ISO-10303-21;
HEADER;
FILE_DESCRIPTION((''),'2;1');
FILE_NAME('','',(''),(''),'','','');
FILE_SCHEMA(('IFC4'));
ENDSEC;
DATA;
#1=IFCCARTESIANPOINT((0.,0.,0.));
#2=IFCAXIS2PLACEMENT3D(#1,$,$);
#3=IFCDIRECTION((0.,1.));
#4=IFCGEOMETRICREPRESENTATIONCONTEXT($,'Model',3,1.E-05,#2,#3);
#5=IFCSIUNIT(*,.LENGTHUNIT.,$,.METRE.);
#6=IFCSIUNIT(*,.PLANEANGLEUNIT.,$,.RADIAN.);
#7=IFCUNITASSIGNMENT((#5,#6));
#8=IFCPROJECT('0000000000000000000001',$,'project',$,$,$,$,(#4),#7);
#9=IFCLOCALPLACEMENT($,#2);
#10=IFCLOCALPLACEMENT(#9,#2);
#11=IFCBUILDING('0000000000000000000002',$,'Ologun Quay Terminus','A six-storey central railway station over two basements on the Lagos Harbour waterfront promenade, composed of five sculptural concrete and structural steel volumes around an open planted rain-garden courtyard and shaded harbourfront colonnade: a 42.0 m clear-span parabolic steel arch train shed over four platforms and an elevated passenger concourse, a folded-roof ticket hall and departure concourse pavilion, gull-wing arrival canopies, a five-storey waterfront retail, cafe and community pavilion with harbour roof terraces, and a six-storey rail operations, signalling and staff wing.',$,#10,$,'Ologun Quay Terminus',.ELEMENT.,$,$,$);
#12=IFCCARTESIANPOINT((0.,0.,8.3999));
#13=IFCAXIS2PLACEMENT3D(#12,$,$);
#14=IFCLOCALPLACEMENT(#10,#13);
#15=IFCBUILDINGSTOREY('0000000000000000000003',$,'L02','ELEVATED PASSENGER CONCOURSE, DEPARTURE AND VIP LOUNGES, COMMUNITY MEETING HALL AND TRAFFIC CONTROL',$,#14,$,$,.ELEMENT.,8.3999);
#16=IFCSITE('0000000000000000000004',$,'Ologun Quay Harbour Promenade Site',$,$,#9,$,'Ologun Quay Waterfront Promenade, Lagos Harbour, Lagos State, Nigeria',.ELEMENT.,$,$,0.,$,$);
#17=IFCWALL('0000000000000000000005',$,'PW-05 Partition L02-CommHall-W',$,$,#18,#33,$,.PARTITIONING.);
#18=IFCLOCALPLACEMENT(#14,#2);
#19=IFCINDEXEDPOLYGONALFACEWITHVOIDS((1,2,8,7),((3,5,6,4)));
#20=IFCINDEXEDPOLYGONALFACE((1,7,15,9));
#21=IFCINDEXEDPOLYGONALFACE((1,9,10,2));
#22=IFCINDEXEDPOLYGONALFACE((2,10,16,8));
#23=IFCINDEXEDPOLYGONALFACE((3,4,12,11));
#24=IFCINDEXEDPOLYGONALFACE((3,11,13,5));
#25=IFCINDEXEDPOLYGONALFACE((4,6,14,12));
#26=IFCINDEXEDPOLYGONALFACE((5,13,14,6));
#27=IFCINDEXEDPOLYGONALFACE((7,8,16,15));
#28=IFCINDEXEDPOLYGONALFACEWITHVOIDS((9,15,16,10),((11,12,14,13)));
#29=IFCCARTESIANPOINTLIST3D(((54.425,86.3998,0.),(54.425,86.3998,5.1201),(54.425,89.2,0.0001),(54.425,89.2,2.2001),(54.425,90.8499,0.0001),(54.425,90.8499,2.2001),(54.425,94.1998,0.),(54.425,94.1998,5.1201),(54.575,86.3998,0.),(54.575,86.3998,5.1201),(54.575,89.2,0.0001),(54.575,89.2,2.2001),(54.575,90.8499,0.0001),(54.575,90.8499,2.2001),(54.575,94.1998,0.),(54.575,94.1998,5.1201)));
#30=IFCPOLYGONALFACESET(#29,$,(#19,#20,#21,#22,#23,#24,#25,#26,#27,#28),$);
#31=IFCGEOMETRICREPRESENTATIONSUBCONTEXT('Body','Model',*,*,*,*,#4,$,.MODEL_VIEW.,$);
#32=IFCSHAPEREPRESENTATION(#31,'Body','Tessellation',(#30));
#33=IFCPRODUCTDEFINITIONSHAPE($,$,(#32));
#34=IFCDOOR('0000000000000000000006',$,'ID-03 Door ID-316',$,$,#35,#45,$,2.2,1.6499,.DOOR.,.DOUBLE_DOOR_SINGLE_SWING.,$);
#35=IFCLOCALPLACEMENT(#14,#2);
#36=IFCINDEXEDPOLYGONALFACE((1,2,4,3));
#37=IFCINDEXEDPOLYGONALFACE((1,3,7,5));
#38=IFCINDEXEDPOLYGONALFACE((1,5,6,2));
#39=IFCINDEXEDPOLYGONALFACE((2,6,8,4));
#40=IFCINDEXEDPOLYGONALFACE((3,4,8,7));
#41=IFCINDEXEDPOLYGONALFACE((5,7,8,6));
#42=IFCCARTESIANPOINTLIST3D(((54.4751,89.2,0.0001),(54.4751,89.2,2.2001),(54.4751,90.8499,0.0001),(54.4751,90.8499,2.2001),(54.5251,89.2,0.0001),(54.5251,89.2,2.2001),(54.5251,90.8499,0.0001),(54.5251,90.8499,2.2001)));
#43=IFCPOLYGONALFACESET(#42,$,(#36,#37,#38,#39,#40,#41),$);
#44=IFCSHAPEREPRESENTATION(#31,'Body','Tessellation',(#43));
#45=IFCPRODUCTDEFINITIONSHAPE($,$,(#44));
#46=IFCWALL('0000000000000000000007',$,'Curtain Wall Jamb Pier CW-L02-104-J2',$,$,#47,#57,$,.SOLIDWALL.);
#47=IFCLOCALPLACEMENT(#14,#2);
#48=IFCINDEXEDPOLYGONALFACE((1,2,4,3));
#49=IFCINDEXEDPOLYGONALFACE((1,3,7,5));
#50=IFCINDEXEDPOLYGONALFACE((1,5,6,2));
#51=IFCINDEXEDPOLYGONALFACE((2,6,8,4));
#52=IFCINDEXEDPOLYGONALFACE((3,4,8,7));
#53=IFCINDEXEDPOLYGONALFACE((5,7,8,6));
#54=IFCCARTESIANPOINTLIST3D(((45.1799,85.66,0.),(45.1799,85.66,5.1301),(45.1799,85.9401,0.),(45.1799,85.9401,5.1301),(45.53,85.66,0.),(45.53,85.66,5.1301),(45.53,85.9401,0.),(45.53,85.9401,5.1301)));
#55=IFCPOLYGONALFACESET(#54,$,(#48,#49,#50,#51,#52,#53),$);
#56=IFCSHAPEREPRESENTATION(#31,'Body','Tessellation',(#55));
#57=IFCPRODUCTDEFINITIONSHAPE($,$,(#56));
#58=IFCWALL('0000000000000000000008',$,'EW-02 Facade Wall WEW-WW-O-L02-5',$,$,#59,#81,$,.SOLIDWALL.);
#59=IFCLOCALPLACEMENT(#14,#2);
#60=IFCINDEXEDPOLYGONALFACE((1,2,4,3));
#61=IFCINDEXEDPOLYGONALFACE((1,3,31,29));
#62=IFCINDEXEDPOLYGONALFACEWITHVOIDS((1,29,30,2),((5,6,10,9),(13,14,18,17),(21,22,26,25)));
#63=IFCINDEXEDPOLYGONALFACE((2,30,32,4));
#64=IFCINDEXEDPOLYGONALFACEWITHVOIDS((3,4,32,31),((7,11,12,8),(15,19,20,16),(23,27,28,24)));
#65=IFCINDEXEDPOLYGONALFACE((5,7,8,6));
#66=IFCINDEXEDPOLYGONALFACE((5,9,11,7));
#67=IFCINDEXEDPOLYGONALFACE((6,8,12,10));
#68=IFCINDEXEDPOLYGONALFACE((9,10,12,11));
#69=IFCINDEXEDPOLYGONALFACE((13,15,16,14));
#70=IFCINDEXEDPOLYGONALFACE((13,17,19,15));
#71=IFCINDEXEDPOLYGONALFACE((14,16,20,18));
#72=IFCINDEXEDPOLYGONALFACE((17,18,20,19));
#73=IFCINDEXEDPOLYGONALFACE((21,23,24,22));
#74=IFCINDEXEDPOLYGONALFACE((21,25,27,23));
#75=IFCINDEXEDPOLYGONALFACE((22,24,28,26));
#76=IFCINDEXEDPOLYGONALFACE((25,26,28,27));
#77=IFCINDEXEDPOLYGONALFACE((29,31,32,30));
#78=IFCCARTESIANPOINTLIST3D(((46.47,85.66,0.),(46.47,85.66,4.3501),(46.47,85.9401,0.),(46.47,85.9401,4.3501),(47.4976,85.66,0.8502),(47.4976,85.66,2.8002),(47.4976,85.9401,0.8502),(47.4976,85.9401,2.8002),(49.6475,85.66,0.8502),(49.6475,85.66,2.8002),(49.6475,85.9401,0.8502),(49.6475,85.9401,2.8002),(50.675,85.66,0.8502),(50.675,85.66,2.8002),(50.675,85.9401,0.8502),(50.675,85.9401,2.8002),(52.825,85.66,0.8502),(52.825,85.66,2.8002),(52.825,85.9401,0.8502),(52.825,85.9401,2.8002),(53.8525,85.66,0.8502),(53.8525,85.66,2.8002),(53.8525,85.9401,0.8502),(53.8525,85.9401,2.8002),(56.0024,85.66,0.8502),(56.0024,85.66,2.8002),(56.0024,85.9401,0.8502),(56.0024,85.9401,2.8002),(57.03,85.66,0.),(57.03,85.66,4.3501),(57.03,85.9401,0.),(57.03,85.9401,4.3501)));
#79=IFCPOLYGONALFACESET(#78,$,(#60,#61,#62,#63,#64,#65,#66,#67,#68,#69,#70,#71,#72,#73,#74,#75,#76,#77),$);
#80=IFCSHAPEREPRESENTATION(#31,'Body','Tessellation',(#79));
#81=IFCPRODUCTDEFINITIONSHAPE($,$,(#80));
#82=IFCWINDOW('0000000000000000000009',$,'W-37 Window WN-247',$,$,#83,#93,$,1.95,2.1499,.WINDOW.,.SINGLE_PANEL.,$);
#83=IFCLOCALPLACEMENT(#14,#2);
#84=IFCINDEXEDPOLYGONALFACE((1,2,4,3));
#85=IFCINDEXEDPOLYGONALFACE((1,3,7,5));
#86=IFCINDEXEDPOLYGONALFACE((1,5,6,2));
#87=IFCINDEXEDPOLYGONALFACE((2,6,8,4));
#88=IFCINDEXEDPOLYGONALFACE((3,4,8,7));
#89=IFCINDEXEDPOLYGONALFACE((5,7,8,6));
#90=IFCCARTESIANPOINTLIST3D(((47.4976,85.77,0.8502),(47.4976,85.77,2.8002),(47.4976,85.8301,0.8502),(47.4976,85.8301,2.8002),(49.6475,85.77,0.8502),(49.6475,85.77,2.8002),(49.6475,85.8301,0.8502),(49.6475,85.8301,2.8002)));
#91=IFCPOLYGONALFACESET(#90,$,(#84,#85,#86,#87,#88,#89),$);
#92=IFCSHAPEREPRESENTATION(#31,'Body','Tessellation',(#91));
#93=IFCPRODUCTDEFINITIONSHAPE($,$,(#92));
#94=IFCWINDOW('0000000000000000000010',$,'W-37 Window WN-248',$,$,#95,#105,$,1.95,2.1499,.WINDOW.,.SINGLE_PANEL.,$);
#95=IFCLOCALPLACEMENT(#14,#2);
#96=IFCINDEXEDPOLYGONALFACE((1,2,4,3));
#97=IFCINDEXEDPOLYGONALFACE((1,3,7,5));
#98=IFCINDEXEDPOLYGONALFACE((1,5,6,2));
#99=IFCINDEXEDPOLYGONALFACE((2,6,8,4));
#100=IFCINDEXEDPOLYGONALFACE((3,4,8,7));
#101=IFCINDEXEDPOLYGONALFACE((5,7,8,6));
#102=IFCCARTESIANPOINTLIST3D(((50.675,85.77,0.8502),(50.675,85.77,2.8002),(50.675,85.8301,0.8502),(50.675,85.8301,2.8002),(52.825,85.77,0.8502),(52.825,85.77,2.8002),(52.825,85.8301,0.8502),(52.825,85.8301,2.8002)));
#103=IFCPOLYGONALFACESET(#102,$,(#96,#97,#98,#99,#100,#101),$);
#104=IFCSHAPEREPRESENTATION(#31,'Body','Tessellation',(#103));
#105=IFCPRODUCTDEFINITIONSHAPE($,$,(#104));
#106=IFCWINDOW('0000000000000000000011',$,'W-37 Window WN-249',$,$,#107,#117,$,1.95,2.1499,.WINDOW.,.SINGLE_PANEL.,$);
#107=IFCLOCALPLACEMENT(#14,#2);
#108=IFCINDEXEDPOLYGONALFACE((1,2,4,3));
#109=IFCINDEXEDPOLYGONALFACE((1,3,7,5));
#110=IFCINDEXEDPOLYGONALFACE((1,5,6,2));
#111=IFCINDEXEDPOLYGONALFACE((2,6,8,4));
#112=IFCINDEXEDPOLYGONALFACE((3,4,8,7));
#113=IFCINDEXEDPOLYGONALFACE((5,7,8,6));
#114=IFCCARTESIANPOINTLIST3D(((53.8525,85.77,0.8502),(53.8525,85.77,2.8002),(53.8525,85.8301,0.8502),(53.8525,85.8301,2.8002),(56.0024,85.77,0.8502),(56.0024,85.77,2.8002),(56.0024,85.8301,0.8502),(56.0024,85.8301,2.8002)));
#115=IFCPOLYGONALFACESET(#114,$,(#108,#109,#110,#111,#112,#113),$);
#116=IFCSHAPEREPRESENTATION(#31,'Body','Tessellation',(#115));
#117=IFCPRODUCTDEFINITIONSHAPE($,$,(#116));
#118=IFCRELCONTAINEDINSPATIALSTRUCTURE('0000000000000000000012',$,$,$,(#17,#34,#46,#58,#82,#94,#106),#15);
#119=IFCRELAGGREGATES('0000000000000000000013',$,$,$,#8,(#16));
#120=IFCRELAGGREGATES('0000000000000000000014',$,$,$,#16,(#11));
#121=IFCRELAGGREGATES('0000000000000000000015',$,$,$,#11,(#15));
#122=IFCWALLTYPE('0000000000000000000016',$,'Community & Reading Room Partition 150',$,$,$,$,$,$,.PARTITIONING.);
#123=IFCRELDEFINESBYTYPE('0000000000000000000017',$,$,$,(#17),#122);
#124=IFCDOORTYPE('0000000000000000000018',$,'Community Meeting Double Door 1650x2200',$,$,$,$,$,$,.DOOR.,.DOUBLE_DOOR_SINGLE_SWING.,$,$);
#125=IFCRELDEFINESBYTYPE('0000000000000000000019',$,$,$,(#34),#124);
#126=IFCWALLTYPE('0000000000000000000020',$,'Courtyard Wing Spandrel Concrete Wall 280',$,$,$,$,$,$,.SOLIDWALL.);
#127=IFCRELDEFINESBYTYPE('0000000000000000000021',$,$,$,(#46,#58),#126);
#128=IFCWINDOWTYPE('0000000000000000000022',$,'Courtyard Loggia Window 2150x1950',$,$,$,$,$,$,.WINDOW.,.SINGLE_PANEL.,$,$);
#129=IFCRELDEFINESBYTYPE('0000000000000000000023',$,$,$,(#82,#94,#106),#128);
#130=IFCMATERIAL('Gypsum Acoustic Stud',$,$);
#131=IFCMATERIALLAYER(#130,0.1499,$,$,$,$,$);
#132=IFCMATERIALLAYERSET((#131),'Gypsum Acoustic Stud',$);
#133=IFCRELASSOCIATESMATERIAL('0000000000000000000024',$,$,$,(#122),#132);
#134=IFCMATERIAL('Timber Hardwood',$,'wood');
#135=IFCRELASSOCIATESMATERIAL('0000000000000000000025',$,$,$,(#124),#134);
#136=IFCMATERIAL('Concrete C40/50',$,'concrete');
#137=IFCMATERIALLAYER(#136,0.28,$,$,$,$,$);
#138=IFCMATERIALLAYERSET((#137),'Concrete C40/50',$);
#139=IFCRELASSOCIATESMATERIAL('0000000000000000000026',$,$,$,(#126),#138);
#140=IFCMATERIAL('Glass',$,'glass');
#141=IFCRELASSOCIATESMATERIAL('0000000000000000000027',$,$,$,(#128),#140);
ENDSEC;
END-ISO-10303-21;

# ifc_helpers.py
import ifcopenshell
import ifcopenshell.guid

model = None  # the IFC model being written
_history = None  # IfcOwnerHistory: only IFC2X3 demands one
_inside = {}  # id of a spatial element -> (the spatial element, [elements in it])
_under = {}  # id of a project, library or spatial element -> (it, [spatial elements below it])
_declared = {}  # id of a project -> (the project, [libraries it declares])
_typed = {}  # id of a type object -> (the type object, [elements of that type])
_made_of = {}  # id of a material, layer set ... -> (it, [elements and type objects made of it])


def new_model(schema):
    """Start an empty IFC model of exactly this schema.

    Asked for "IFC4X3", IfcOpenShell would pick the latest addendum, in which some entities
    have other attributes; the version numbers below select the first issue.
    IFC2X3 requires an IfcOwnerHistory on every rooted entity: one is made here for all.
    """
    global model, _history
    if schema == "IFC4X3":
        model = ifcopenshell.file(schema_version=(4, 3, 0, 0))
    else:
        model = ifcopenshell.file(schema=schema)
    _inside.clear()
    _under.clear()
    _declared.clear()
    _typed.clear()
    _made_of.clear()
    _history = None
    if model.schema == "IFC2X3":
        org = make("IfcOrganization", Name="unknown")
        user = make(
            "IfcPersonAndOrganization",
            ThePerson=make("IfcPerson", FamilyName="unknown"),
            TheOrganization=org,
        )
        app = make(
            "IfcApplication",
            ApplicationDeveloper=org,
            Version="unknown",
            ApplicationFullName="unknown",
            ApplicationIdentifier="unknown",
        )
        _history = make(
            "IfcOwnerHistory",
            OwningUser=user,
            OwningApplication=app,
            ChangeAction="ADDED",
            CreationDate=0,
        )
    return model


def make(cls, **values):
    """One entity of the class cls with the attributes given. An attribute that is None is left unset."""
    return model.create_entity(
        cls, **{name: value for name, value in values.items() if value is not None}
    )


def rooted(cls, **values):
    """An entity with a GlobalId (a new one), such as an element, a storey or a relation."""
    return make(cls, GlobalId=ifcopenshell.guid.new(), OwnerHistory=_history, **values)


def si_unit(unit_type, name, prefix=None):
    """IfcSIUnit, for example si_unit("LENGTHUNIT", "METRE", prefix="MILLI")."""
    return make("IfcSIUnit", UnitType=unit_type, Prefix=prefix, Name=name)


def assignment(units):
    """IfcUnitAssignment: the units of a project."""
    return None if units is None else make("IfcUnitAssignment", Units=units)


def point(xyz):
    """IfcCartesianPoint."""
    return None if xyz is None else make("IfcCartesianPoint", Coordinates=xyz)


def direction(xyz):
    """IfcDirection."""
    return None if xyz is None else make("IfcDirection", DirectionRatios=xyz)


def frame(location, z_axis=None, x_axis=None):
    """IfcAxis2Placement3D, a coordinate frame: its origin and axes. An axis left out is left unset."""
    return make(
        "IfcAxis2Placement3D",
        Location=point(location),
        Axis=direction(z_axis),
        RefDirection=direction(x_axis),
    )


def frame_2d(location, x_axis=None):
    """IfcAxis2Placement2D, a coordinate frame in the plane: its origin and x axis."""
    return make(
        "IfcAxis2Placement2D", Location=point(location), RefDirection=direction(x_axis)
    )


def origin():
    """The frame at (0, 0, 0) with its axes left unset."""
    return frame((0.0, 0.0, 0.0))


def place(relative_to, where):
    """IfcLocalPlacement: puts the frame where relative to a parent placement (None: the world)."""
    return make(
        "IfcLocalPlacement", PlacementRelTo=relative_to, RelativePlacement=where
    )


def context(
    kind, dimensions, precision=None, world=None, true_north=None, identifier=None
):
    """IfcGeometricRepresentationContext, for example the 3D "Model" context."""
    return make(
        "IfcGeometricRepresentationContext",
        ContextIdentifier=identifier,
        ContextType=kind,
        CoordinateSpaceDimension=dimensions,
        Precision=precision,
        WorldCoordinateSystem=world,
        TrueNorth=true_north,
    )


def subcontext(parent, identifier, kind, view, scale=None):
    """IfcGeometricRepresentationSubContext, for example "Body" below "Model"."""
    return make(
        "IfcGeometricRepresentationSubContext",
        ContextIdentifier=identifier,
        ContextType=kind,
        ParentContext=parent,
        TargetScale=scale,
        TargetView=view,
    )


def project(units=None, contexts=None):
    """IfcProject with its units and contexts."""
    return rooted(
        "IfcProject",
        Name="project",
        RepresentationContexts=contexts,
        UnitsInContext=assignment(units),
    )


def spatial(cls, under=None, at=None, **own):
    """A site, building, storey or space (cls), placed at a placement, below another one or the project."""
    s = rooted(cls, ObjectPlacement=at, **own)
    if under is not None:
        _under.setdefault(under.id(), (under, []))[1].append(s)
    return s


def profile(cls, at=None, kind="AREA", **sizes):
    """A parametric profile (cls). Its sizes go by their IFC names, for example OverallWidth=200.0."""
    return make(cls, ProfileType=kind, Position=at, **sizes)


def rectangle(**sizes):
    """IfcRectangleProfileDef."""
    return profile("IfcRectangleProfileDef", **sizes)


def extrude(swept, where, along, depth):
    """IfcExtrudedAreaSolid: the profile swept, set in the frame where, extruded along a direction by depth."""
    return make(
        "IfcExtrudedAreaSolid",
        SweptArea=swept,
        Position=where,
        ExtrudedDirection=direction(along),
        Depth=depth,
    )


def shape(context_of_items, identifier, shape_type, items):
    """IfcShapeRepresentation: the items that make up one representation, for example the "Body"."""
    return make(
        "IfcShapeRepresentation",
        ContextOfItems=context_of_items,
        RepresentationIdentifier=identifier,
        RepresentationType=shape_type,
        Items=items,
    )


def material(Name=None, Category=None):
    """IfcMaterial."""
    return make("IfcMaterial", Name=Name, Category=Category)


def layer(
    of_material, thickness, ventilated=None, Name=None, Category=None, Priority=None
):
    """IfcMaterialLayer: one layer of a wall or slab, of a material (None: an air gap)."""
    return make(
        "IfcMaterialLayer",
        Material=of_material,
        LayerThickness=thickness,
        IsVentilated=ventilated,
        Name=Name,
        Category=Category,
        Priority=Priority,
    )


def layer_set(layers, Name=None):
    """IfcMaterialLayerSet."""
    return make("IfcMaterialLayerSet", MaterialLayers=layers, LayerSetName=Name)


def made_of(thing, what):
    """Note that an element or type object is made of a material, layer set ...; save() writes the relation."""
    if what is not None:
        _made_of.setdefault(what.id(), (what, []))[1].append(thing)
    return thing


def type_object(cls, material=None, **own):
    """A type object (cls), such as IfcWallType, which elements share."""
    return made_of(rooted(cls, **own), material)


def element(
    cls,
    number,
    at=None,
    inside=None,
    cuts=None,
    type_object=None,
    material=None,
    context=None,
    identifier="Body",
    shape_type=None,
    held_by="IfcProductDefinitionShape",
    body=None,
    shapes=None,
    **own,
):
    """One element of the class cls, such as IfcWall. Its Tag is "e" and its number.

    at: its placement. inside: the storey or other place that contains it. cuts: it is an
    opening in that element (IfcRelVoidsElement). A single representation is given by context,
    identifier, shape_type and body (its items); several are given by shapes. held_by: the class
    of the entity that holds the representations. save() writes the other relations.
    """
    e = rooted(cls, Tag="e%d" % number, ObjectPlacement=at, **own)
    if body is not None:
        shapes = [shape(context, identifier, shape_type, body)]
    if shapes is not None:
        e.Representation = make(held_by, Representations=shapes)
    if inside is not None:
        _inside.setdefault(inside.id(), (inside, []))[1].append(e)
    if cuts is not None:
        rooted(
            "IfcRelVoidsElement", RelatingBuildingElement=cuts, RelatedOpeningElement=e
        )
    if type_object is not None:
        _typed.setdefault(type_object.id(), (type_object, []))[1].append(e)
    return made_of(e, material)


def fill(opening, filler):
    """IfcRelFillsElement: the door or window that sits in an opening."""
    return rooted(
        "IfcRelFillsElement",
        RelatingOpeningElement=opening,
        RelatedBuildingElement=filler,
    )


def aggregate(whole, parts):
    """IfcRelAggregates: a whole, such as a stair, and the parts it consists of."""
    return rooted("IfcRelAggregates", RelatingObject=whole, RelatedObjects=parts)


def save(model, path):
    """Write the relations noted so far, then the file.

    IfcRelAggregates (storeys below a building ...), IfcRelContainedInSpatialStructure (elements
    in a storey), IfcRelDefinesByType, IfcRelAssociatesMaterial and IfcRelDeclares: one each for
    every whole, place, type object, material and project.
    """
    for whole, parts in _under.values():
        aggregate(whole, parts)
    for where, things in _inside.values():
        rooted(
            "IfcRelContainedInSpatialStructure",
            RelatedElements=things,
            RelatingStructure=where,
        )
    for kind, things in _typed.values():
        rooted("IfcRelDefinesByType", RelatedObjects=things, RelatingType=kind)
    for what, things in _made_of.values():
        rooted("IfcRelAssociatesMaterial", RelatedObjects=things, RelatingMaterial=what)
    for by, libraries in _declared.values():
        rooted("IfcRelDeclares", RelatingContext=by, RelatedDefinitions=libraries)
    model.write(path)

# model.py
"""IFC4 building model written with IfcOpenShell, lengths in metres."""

from ifc_helpers import new_model, si_unit, direction, frame, frame_2d, origin, place, context, subcontext, project, spatial, rectangle, extrude, material, layer, layer_set, type_object, element, fill, save


model = new_model("IFC4")

# Units and contexts
model_context = context("Model", 3, precision=1e-05, world=origin(), true_north=direction((0.0, 1.0)))
body_context = subcontext(model_context, "Body", "Model", "MODEL_VIEW")
ifc_project = project(units=[si_unit("LENGTHUNIT", "METRE"), si_unit("PLANEANGLEUNIT", "RADIAN")], contexts=[model_context])

# Site, building, storey
site_placement = place(None, origin())
site = spatial("IfcSite", under=ifc_project, at=site_placement, Name="Ologun Quay Harbour Promenade Site", LongName="Ologun Quay Waterfront Promenade, Lagos Harbour, Lagos State, Nigeria", CompositionType="ELEMENT", RefElevation=0.0)
building_placement = place(site_placement, origin())
building = spatial("IfcBuilding", under=site, at=building_placement, Name="Ologun Quay Terminus", Description="A six-storey central railway station over two basements on the Lagos Harbour waterfront promenade, composed of five sculptural concrete and structural steel volumes around an open planted rain-garden courtyard and shaded harbourfront colonnade: a 42.0 m clear-span parabolic steel arch train shed over four platforms and an elevated passenger concourse, a folded-roof ticket hall and departure concourse pavilion, gull-wing arrival canopies, a five-storey waterfront retail, cafe and community pavilion with harbour roof terraces, and a six-storey rail operations, signalling and staff wing.", LongName="Ologun Quay Terminus", CompositionType="ELEMENT")
storey_placement = place(building_placement, frame((0.0, 0.0, 8.3999)))
storey = spatial("IfcBuildingStorey", under=building, at=storey_placement, Name="L02", Description="ELEVATED PASSENGER CONCOURSE, DEPARTURE AND VIP LOUNGES, COMMUNITY MEETING HALL AND TRAFFIC CONTROL", CompositionType="ELEMENT", Elevation=8.3999)

# Wall, opening, door
ifc_material_1 = material(Name="Gypsum Acoustic Stud")
ifc_layer_1 = layer(ifc_material_1, 0.1499)
ifc_layer_set_1 = layer_set([ifc_layer_1], Name="Gypsum Acoustic Stud")
wall_type_1 = type_object("IfcWallType", Name="Community & Reading Room Partition 150", PredefinedType="PARTITIONING", material=ifc_layer_set_1)
wall_1_placement = place(storey_placement, frame((54.5, 86.3999, 0.0), z_axis=(0.0, 0.0, 1.0), x_axis=(0.0, 1.0, 0.0)))
wall_1 = element("IfcWall", 1, at=wall_1_placement, inside=storey, type_object=wall_type_1, Name="PW-05 Partition L02-CommHall-W", PredefinedType="PARTITIONING", context=body_context, shape_type="SweptSolid", body=[
    extrude(rectangle(XDim=7.8, YDim=0.1499, at=frame_2d((3.8999, 0.0))), origin(), (0.0, 0.0, 1.0), 5.1201),
])
opening_1_placement = place(wall_1_placement, frame((2.8, 0.0, 0.0)))
opening_1 = element("IfcOpeningElement", 2, at=opening_1_placement, cuts=wall_1, PredefinedType="OPENING", context=body_context, shape_type="SweptSolid", body=[
    extrude(rectangle(XDim=1.6499, YDim=2.2, at=frame_2d((0.825, 1.1001))), frame((0.0, 0.085, 0.0), z_axis=(0.0, -1.0, 0.0), x_axis=(1.0, 0.0, 0.0)), (0.0, 0.0, 1.0), 0.1699),
])
ifc_material_2 = material(Name="Timber Hardwood", Category="wood")
door_type = type_object("IfcDoorType", Name="Community Meeting Double Door 1650x2200", OperationType="DOUBLE_DOOR_SINGLE_SWING", PredefinedType="DOOR", material=ifc_material_2)
door_placement = place(opening_1_placement, origin())
door = element("IfcDoor", 3, at=door_placement, inside=storey, type_object=door_type, Name="ID-03 Door ID-316", OperationType="DOUBLE_DOOR_SINGLE_SWING", OverallHeight=2.2, OverallWidth=1.6499, PredefinedType="DOOR", context=body_context, shape_type="SweptSolid", body=[
    extrude(rectangle(XDim=1.6499, YDim=2.2, at=frame_2d((0.825, 1.1001))), frame((0.0, 0.0249, 0.0), z_axis=(0.0, -1.0, 0.0), x_axis=(1.0, 0.0, 0.0)), (0.0, 0.0, 1.0), 0.05),
])
fill(opening_1, door)

# Wall
ifc_material_3 = material(Name="Concrete C40/50", Category="concrete")
ifc_layer_2 = layer(ifc_material_3, 0.28)
ifc_layer_set_2 = layer_set([ifc_layer_2], Name="Concrete C40/50")
wall_type_2 = type_object("IfcWallType", Name="Courtyard Wing Spandrel Concrete Wall 280", PredefinedType="SOLIDWALL", material=ifc_layer_set_2)
wall_2_placement = place(storey_placement, frame((45.1799, 85.8, 0.0), z_axis=(0.0, 0.0, 1.0), x_axis=(1.0, 0.0, 0.0)))
element("IfcWall", 4, at=wall_2_placement, inside=storey, type_object=wall_type_2, Name="Curtain Wall Jamb Pier CW-L02-104-J2", PredefinedType="SOLIDWALL", context=body_context, shape_type="SweptSolid", body=[
    extrude(rectangle(XDim=0.3501, YDim=0.28, at=frame_2d((0.175, 0.0))), origin(), (0.0, 0.0, 1.0), 5.1301),
])

# Wall, openings, windows
wall_3_placement = place(storey_placement, frame((46.47, 85.8, 0.0), z_axis=(0.0, 0.0, 1.0), x_axis=(1.0, 0.0, 0.0)))
wall_3 = element("IfcWall", 5, at=wall_3_placement, inside=storey, type_object=wall_type_2, Name="EW-02 Facade Wall WEW-WW-O-L02-5", PredefinedType="SOLIDWALL", context=body_context, shape_type="SweptSolid", body=[
    extrude(rectangle(XDim=10.5601, YDim=0.28, at=frame_2d((5.28, 0.0))), origin(), (0.0, 0.0, 1.0), 4.3501),
])
opening_2_placement = place(wall_3_placement, frame((1.0276, 0.0, 0.8501)))
opening_2 = element("IfcOpeningElement", 6, at=opening_2_placement, cuts=wall_3, PredefinedType="OPENING", context=body_context, shape_type="SweptSolid", body=[
    extrude(rectangle(XDim=2.1499, YDim=1.95, at=frame_2d((1.075, 0.9751))), frame((0.0, 0.1499, 0.0), z_axis=(0.0, -1.0, 0.0), x_axis=(1.0, 0.0, 0.0)), (0.0, 0.0, 1.0), 0.3),
])
opening_3_placement = place(wall_3_placement, frame((4.2051, 0.0, 0.8501)))
opening_3 = element("IfcOpeningElement", 7, at=opening_3_placement, cuts=wall_3, PredefinedType="OPENING", context=body_context, shape_type="SweptSolid", body=[
    extrude(rectangle(XDim=2.1499, YDim=1.95, at=frame_2d((1.075, 0.9751))), frame((0.0, 0.1499, 0.0), z_axis=(0.0, -1.0, 0.0), x_axis=(1.0, 0.0, 0.0)), (0.0, 0.0, 1.0), 0.3),
])
opening_4_placement = place(wall_3_placement, frame((7.3826, 0.0, 0.8501)))
opening_4 = element("IfcOpeningElement", 8, at=opening_4_placement, cuts=wall_3, PredefinedType="OPENING", context=body_context, shape_type="SweptSolid", body=[
    extrude(rectangle(XDim=2.1499, YDim=1.95, at=frame_2d((1.075, 0.9751))), frame((0.0, 0.1499, 0.0), z_axis=(0.0, -1.0, 0.0), x_axis=(1.0, 0.0, 0.0)), (0.0, 0.0, 1.0), 0.3),
])
ifc_material_4 = material(Name="Glass", Category="glass")
window_type = type_object("IfcWindowType", Name="Courtyard Loggia Window 2150x1950", PartitioningType="SINGLE_PANEL", PredefinedType="WINDOW", material=ifc_material_4)
window_1_placement = place(opening_2_placement, origin())
window_1 = element("IfcWindow", 9, at=window_1_placement, inside=storey, type_object=window_type, Name="W-37 Window WN-247", OverallHeight=1.95, OverallWidth=2.1499, PartitioningType="SINGLE_PANEL", PredefinedType="WINDOW", context=body_context, shape_type="SweptSolid", body=[
    extrude(rectangle(XDim=2.1499, YDim=1.95, at=frame_2d((1.075, 0.9751))), frame((0.0, 0.03, 0.0), z_axis=(0.0, -1.0, 0.0), x_axis=(1.0, 0.0, 0.0)), (0.0, 0.0, 1.0), 0.0601),
])
fill(opening_2, window_1)
window_2_placement = place(opening_3_placement, origin())
window_2 = element("IfcWindow", 10, at=window_2_placement, inside=storey, type_object=window_type, Name="W-37 Window WN-248", OverallHeight=1.95, OverallWidth=2.1499, PartitioningType="SINGLE_PANEL", PredefinedType="WINDOW", context=body_context, shape_type="SweptSolid", body=[
    extrude(rectangle(XDim=2.1499, YDim=1.95, at=frame_2d((1.075, 0.9751))), frame((0.0, 0.03, 0.0), z_axis=(0.0, -1.0, 0.0), x_axis=(1.0, 0.0, 0.0)), (0.0, 0.0, 1.0), 0.0601),
])
fill(opening_3, window_2)
window_3_placement = place(opening_4_placement, origin())
window_3 = element("IfcWindow", 11, at=window_3_placement, inside=storey, type_object=window_type, Name="W-37 Window WN-249", OverallHeight=1.95, OverallWidth=2.1499, PartitioningType="SINGLE_PANEL", PredefinedType="WINDOW", context=body_context, shape_type="SweptSolid", body=[
    extrude(rectangle(XDim=2.1499, YDim=1.95, at=frame_2d((1.075, 0.9751))), frame((0.0, 0.03, 0.0), z_axis=(0.0, -1.0, 0.0), x_axis=(1.0, 0.0, 0.0)), (0.0, 0.0, 1.0), 0.0601),
])
fill(opening_4, window_3)

save(model, "model.ifc")
